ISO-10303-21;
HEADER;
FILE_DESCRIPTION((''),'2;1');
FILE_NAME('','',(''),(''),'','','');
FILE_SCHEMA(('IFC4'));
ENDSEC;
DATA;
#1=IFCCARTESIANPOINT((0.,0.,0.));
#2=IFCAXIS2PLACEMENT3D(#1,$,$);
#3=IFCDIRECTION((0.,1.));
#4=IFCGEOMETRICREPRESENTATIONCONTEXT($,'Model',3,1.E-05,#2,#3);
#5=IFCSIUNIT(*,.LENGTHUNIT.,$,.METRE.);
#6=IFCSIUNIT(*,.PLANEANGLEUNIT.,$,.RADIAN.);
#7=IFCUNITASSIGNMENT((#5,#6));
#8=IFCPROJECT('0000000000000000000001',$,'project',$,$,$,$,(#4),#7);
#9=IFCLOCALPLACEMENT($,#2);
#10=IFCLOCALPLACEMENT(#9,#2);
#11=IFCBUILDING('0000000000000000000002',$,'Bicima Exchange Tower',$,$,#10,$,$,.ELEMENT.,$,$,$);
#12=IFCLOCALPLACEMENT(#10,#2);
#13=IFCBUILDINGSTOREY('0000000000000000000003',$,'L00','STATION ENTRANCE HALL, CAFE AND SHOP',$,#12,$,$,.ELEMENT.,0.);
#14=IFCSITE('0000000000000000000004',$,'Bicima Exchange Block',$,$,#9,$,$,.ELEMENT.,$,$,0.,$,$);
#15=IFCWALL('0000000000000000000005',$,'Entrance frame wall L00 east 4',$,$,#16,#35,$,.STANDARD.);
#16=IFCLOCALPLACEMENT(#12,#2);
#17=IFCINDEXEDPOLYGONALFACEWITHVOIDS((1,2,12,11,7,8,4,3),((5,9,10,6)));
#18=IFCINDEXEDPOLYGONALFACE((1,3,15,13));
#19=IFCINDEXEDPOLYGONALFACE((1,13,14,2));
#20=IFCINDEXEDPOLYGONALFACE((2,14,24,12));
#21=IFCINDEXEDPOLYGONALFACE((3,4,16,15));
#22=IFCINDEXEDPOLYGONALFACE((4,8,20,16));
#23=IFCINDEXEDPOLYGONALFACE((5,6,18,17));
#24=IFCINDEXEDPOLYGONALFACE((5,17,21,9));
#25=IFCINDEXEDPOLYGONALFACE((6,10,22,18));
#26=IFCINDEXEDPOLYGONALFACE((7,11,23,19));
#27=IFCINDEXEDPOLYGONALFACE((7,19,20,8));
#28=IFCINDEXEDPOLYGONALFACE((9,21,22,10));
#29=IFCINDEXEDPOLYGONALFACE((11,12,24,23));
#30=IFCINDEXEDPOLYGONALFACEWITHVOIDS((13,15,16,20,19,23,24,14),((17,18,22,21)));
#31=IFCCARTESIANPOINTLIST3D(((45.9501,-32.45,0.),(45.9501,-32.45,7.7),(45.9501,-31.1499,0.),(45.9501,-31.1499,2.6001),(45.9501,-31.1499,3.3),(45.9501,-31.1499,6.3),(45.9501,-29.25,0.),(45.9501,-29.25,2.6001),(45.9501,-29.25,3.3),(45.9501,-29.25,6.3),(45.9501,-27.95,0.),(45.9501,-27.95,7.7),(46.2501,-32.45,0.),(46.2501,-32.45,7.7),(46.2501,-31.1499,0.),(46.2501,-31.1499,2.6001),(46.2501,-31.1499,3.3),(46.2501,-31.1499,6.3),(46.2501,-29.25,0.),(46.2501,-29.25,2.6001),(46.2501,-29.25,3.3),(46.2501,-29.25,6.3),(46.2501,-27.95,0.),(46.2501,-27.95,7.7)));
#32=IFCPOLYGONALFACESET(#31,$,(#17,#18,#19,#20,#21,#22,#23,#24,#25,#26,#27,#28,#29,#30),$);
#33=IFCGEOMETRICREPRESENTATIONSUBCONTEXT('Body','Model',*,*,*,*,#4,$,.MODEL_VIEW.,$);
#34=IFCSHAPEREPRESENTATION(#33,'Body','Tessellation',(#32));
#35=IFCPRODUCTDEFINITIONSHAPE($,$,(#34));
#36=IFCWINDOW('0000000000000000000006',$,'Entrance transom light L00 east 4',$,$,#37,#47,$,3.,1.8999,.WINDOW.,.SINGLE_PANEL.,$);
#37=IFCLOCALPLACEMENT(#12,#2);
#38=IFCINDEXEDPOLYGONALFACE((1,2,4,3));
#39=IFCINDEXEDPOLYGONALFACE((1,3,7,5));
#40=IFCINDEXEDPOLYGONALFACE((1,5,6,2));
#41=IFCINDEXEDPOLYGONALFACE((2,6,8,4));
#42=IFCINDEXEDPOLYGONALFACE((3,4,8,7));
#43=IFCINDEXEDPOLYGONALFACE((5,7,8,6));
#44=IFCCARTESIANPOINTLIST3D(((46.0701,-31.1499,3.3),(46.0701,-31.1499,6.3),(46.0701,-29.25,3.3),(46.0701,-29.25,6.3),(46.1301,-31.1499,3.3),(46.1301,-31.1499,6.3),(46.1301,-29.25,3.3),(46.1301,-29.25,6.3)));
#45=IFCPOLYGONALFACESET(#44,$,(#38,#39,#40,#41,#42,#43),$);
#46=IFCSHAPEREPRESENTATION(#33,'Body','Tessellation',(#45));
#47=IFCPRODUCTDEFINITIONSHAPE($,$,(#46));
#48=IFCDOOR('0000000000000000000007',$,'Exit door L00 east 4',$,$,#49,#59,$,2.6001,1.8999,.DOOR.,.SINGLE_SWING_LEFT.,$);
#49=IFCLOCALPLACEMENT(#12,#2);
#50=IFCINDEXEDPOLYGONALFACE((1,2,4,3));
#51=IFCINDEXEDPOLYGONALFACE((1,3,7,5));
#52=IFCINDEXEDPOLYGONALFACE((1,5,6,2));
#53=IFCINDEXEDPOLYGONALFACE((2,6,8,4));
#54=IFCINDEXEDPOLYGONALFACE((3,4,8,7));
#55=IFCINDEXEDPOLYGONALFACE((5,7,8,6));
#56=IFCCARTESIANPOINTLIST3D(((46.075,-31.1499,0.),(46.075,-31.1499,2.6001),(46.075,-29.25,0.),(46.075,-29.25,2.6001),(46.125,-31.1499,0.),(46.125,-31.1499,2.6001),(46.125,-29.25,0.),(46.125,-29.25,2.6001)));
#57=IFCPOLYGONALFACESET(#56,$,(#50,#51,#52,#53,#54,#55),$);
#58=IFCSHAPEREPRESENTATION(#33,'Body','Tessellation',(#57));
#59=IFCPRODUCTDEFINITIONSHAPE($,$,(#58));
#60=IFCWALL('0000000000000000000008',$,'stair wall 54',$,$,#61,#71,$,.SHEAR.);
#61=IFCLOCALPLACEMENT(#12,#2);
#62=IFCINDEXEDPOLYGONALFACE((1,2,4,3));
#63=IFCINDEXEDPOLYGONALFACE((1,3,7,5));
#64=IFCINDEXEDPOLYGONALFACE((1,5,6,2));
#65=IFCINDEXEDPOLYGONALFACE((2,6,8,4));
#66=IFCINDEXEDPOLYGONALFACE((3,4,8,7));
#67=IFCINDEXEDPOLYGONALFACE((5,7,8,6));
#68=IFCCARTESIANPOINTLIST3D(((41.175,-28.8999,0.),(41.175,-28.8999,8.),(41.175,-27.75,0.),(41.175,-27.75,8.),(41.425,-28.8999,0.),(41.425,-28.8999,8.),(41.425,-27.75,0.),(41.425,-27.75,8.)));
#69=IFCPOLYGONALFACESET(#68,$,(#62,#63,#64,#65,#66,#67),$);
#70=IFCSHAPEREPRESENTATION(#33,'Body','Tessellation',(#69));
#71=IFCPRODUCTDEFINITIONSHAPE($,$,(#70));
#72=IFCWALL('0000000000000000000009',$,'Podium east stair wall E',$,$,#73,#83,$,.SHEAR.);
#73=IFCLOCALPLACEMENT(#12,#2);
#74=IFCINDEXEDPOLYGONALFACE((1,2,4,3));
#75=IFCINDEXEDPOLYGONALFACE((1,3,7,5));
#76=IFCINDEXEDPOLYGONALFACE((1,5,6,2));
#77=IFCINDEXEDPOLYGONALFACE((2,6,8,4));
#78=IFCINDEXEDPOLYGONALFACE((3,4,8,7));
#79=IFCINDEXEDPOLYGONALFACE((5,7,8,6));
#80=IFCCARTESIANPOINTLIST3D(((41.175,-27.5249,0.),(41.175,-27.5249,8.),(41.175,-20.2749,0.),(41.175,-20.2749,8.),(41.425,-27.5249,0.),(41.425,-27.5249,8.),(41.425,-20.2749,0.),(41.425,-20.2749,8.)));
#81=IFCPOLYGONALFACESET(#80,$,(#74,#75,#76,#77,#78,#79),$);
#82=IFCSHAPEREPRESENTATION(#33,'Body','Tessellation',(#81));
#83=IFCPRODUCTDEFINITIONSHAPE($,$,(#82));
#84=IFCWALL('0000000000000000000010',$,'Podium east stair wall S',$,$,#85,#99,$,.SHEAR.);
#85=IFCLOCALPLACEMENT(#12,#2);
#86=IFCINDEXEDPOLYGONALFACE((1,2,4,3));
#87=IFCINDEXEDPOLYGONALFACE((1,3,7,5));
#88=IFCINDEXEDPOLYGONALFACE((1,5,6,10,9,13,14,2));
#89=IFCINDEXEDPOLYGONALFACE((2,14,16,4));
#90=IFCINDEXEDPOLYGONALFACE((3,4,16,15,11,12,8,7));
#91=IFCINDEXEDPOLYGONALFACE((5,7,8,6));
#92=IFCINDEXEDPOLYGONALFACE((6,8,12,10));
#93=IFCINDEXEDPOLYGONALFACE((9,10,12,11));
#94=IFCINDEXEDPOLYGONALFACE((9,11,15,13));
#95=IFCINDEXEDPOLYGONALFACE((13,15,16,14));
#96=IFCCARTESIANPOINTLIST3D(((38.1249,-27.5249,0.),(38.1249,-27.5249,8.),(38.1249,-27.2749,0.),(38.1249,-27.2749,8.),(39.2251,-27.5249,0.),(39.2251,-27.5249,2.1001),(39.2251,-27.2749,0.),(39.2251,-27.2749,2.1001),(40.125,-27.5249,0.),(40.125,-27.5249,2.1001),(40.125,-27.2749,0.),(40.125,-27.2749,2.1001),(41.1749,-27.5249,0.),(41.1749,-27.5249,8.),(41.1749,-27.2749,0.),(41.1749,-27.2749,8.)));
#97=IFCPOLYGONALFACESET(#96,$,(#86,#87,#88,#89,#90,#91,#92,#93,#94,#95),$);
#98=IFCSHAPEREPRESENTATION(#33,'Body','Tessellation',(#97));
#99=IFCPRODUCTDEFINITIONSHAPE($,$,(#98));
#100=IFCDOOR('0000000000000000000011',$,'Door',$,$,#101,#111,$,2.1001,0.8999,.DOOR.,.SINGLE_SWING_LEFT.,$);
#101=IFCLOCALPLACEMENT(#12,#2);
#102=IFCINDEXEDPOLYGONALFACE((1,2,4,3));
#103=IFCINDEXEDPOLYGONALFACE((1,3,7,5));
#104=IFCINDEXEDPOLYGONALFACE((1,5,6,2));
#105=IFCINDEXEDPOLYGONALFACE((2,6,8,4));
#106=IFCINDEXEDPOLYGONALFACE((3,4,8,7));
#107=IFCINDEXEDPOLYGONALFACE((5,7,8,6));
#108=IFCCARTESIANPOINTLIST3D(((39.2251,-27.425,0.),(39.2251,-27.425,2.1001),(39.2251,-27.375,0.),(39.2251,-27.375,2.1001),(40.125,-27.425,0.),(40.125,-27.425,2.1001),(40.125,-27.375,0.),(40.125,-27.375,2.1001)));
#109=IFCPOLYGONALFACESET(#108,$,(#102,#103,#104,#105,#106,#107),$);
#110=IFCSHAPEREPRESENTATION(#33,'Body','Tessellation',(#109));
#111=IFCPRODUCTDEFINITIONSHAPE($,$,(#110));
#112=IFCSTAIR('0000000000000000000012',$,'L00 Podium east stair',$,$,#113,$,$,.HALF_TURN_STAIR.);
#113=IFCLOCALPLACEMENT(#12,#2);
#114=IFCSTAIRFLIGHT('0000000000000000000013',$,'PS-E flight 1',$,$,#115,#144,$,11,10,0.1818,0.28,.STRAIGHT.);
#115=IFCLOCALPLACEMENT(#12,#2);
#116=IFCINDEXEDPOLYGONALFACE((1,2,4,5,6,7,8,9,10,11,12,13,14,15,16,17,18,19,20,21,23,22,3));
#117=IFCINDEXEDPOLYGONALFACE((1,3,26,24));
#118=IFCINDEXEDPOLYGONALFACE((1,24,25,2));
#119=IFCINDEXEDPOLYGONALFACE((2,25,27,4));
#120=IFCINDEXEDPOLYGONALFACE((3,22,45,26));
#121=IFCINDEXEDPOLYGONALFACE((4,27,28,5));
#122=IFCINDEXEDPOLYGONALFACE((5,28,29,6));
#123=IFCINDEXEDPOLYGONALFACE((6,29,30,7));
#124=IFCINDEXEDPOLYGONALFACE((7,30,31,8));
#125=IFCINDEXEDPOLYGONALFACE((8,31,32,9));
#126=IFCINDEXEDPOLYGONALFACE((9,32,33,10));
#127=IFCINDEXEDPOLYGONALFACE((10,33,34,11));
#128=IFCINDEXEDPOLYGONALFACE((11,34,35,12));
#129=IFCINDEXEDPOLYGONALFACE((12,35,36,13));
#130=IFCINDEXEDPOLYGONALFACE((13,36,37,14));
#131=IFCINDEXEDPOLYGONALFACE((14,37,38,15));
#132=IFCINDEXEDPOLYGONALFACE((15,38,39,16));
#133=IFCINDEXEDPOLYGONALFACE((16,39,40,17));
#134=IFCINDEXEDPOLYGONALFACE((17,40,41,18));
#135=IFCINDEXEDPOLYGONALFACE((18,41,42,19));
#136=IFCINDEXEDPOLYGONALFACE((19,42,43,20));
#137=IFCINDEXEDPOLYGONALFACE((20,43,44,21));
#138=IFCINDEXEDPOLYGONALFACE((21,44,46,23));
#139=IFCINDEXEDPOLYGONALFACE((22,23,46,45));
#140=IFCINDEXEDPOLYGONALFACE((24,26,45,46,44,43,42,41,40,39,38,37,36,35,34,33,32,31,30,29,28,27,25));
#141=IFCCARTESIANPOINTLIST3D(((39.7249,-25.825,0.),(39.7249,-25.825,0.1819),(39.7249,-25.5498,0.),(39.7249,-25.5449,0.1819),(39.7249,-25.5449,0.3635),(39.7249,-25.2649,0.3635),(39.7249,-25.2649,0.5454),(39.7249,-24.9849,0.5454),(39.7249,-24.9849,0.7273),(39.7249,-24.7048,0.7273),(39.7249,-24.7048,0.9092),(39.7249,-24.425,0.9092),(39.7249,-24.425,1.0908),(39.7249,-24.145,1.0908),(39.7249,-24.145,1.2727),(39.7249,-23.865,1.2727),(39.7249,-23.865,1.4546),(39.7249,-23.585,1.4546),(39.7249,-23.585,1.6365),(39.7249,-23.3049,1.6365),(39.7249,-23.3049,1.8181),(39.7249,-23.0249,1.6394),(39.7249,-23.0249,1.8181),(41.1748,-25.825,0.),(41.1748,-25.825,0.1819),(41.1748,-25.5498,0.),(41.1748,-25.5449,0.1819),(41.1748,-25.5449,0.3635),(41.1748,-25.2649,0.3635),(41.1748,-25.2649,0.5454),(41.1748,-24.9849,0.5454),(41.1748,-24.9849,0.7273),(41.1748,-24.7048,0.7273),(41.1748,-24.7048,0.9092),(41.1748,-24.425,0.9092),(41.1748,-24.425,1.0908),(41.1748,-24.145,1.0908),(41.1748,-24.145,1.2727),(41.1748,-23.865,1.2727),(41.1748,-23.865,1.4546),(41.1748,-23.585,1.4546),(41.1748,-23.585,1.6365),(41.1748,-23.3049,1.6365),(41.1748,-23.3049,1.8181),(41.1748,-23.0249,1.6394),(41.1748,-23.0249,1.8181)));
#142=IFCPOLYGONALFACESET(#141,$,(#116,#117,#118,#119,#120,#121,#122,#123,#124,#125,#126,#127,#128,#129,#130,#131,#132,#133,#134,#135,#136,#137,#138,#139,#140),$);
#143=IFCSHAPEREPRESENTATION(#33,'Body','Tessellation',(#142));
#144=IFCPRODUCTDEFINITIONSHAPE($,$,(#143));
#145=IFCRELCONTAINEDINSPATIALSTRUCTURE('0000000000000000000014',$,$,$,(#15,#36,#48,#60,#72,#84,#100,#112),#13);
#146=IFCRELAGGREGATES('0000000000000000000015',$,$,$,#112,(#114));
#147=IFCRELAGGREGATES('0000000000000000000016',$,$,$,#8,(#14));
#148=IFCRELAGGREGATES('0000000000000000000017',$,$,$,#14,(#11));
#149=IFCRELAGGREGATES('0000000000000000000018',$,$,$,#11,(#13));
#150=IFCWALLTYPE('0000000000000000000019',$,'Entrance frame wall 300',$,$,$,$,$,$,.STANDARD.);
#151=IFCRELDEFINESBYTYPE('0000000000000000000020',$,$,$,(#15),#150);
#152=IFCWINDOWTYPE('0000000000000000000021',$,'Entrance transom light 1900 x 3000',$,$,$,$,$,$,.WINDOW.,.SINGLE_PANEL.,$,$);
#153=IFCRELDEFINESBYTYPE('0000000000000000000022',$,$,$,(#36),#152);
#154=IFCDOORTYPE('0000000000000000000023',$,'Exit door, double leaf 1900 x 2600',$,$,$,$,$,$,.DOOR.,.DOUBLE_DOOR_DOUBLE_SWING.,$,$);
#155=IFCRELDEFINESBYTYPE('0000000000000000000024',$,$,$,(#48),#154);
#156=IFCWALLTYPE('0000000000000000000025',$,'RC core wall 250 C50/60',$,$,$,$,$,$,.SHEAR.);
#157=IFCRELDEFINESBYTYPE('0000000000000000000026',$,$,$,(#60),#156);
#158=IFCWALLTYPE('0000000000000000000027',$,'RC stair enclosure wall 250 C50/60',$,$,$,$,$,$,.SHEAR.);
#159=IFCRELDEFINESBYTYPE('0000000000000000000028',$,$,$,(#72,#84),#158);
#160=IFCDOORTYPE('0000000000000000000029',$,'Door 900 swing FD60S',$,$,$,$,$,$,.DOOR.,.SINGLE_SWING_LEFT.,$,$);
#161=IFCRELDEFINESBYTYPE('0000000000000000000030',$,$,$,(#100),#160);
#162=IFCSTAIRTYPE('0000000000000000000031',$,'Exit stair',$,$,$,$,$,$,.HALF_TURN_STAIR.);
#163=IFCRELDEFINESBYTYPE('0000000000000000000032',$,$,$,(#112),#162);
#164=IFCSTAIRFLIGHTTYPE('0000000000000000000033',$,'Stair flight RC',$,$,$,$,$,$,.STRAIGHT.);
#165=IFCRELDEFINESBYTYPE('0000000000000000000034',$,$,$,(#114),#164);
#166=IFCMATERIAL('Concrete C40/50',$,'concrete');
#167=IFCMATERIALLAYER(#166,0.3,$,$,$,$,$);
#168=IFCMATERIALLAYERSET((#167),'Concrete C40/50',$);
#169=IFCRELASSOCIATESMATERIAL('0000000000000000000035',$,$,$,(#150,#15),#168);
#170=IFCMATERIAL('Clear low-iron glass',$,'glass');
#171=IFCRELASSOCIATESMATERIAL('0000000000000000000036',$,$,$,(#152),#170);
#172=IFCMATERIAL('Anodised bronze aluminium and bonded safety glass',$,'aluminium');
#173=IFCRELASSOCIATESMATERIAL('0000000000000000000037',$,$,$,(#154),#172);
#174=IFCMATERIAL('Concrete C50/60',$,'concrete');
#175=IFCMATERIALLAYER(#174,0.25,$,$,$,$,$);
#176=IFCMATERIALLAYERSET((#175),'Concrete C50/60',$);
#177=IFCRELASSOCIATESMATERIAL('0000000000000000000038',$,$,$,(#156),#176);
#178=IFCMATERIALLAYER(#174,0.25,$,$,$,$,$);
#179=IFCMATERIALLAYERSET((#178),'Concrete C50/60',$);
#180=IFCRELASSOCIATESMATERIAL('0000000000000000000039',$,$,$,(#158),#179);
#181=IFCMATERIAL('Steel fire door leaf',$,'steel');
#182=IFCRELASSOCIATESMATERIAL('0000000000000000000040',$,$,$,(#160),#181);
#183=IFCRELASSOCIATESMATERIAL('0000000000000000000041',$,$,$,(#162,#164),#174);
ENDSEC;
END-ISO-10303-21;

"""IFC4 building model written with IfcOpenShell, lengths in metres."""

from ifc_helpers import new_model, si_unit, direction, frame, frame_2d, origin, place, context, subcontext, project, spatial, polyline, rectangle, outline, extrude, material, layer, layer_set, layer_usage, type_object, element, fill, aggregate, save


model = new_model("IFC4")

# Units and contexts
model_context = context("Model", 3, precision=1e-05, world=origin(), true_north=direction((0.0, 1.0)))
body_context = subcontext(model_context, "Body", "Model", "MODEL_VIEW")
ifc_project = project(units=[si_unit("LENGTHUNIT", "METRE"), si_unit("PLANEANGLEUNIT", "RADIAN")], contexts=[model_context])

# Site, building, storey
site_placement = place(None, origin())
site = spatial("IfcSite", under=ifc_project, at=site_placement, Name="Bicima Exchange Block", CompositionType="ELEMENT", RefElevation=0.0)
building_placement = place(site_placement, origin())
building = spatial("IfcBuilding", under=site, at=building_placement, Name="Bicima Exchange Tower", CompositionType="ELEMENT")
storey_placement = place(building_placement, origin())
storey = spatial("IfcBuildingStorey", under=building, at=storey_placement, Name="L00", Description="STATION ENTRANCE HALL, CAFE AND SHOP", CompositionType="ELEMENT", Elevation=0.0)

# Shared definitions
ifc_material_1 = material(Name="Clear low-iron glass", Category="glass")

# Wall, openings, window, door
ifc_material_2 = material(Name="Concrete C40/50", Category="concrete")
ifc_layer_1 = layer(ifc_material_2, 0.3)
ifc_layer_set_1 = layer_set([ifc_layer_1], Name="Concrete C40/50")
ifc_layer_usage = layer_usage(ifc_layer_set_1, "AXIS2", "POSITIVE", -0.15)
wall_type_1 = type_object("IfcWallType", Name="Entrance frame wall 300", PredefinedType="STANDARD", material=ifc_layer_set_1)
window_type = type_object("IfcWindowType", Name="Entrance transom light 1900 x 3000", PartitioningType="SINGLE_PANEL", PredefinedType="WINDOW", material=ifc_material_1)
ifc_material_3 = material(Name="Anodised bronze aluminium and bonded safety glass", Category="aluminium")
door_type_1 = type_object("IfcDoorType", Name="Exit door, double leaf 1900 x 2600", OperationType="DOUBLE_DOOR_DOUBLE_SWING", PredefinedType="DOOR", material=ifc_material_3)
wall_1_placement = place(storey_placement, frame((46.1001, -27.95, 0.0), z_axis=(0.0, 0.0, 1.0), x_axis=(0.0, -1.0, 0.0)))
wall_1 = element("IfcWall", 1, at=wall_1_placement, inside=storey, type_object=wall_type_1, material=ifc_layer_usage, Name="Entrance frame wall L00 east 4", PredefinedType="STANDARD", context=body_context, shape_type="SweptSolid", body=[
    extrude(rectangle(XDim=4.5, YDim=0.3, at=frame_2d((2.25, 0.0))), origin(), (0.0, 0.0, 1.0), 7.7),
])
opening_1_placement = place(wall_1_placement, frame((1.3, 0.0, 0.0)))
opening_1 = element("IfcOpeningElement", 2, at=opening_1_placement, cuts=wall_1, PredefinedType="OPENING", context=body_context, shape_type="SweptSolid", body=[
    extrude(rectangle(XDim=1.8999, YDim=2.6001, at=frame_2d((0.95, 1.3))), frame((0.0, 0.1621, 0.0), z_axis=(0.0, -1.0, 0.0), x_axis=(1.0, 0.0, 0.0)), (0.0, 0.0, 1.0), 0.324),
])
opening_2_placement = place(wall_1_placement, frame((1.3, 0.0, 3.3)))
opening_2 = element("IfcOpeningElement", 3, at=opening_2_placement, cuts=wall_1, PredefinedType="OPENING", context=body_context, shape_type="SweptSolid", body=[
    extrude(rectangle(XDim=1.8999, YDim=3.0, at=frame_2d((0.95, 1.5))), frame((0.0, 0.1621, 0.0), z_axis=(0.0, -1.0, 0.0), x_axis=(1.0, 0.0, 0.0)), (0.0, 0.0, 1.0), 0.324),
])
window_1_placement = place(opening_2_placement, origin())
window_1 = element("IfcWindow", 4, at=window_1_placement, inside=storey, type_object=window_type, Name="Entrance transom light L00 east 4", OverallHeight=3.0, OverallWidth=1.8999, PartitioningType="SINGLE_PANEL", PredefinedType="WINDOW", context=body_context, shape_type="SweptSolid", body=[
    extrude(rectangle(XDim=1.8999, YDim=3.0, at=frame_2d((0.95, 1.5))), frame((0.0, 0.03, 0.0), z_axis=(0.0, -1.0, 0.0), x_axis=(1.0, 0.0, 0.0)), (0.0, 0.0, 1.0), 0.0601),
])
fill(opening_2, window_1)
door_1_placement = place(opening_1_placement, origin())
door_1 = element("IfcDoor", 5, at=door_1_placement, inside=storey, type_object=door_type_1, Name="Exit door L00 east 4", OperationType="SINGLE_SWING_LEFT", OverallHeight=2.6001, OverallWidth=1.8999, PredefinedType="DOOR", context=body_context, shape_type="SweptSolid", body=[
    extrude(rectangle(XDim=1.8999, YDim=2.6001, at=frame_2d((0.95, 1.3))), frame((0.0, 0.0249, 0.0), z_axis=(0.0, -1.0, 0.0), x_axis=(1.0, 0.0, 0.0)), (0.0, 0.0, 1.0), 0.05),
])
fill(opening_1, door_1)

# Walls
ifc_material_4 = material(Name="Concrete C50/60", Category="concrete")
ifc_layer_2 = layer(ifc_material_4, 0.25)
ifc_layer_set_2 = layer_set([ifc_layer_2], Name="Concrete C50/60")
wall_type_2 = type_object("IfcWallType", Name="RC core wall 250 C50/60", PredefinedType="SHEAR", material=ifc_layer_set_2)
wall_2_placement = place(storey_placement, frame((41.3, -28.8999, 0.0), z_axis=(0.0, 0.0, 1.0), x_axis=(0.0, 1.0, 0.0)))
element("IfcWall", 6, at=wall_2_placement, inside=storey, type_object=wall_type_2, Name="stair wall 54", PredefinedType="SHEAR", context=body_context, shape_type="SweptSolid", body=[
    extrude(rectangle(XDim=1.1499, YDim=0.25, at=frame_2d((0.575, 0.0))), origin(), (0.0, 0.0, 1.0), 8.0),
])
ifc_layer_3 = layer(ifc_material_4, 0.25)
ifc_layer_set_3 = layer_set([ifc_layer_3], Name="Concrete C50/60")
wall_type_3 = type_object("IfcWallType", Name="RC stair enclosure wall 250 C50/60", PredefinedType="SHEAR", material=ifc_layer_set_3)
wall_3_placement = place(storey_placement, frame((41.3, -27.5249, 0.0), z_axis=(0.0, 0.0, 1.0), x_axis=(0.0, 1.0, 0.0)))
element("IfcWall", 7, at=wall_3_placement, inside=storey, type_object=wall_type_3, Name="Podium east stair wall E", PredefinedType="SHEAR", context=body_context, shape_type="SweptSolid", body=[
    extrude(rectangle(XDim=7.25, YDim=0.25, at=frame_2d((3.625, 0.0))), origin(), (0.0, 0.0, 1.0), 8.0),
])

# Wall, opening, door
wall_4_placement = place(storey_placement, frame((38.125, -27.3999, 0.0), z_axis=(0.0, 0.0, 1.0), x_axis=(1.0, 0.0, 0.0)))
wall_4 = element("IfcWall", 8, at=wall_4_placement, inside=storey, type_object=wall_type_3, Name="Podium east stair wall S", PredefinedType="SHEAR", context=body_context, shape_type="SweptSolid", body=[
    extrude(rectangle(XDim=3.05, YDim=0.25, at=frame_2d((1.5249, 0.0))), origin(), (0.0, 0.0, 1.0), 8.0),
])
opening_3_placement = place(wall_4_placement, frame((1.1001, 0.0, 0.0)))
opening_3 = element("IfcOpeningElement", 9, at=opening_3_placement, cuts=wall_4, PredefinedType="OPENING", context=body_context, shape_type="SweptSolid", body=[
    extrude(rectangle(XDim=0.8999, YDim=2.1001, at=frame_2d((0.45, 1.05))), frame((0.0, 0.137, 0.0), z_axis=(0.0, -1.0, 0.0), x_axis=(1.0, 0.0, 0.0)), (0.0, 0.0, 1.0), 0.2739),
])
ifc_material_5 = material(Name="Steel fire door leaf", Category="steel")
door_type_2 = type_object("IfcDoorType", Name="Door 900 swing FD60S", OperationType="SINGLE_SWING_LEFT", PredefinedType="DOOR", material=ifc_material_5)
door_2_placement = place(opening_3_placement, origin())
door_2 = element("IfcDoor", 10, at=door_2_placement, inside=storey, type_object=door_type_2, Name="Door", OperationType="SINGLE_SWING_LEFT", OverallHeight=2.1001, OverallWidth=0.8999, PredefinedType="DOOR", context=body_context, shape_type="SweptSolid", body=[
    extrude(rectangle(XDim=0.8999, YDim=2.1001, at=frame_2d((0.45, 1.05))), frame((0.0, 0.0249, 0.0), z_axis=(0.0, -1.0, 0.0), x_axis=(1.0, 0.0, 0.0)), (0.0, 0.0, 1.0), 0.05),
])
fill(opening_3, door_2)

# Stair, stair flight
stair_type = type_object("IfcStairType", Name="Exit stair", PredefinedType="HALF_TURN_STAIR", material=ifc_material_4)
stair_placement = place(storey_placement, origin())
stair = element("IfcStair", 11, at=stair_placement, inside=storey, type_object=stair_type, Name="L00 Podium east stair", PredefinedType="HALF_TURN_STAIR")
stair_flight_type = type_object("IfcStairFlightType", Name="Stair flight RC", PredefinedType="STRAIGHT", material=ifc_material_4)
stair_flight_placement = place(storey_placement, frame((40.45, -25.825, 0.0), z_axis=(0.0, 0.0, 1.0), x_axis=(0.0, 1.0, 0.0)))
stair_flight = element("IfcStairFlight", 12, at=stair_flight_placement, type_object=stair_flight_type, Name="PS-E flight 1", NumberOfRisers=11, NumberOfTreads=10, PredefinedType="STRAIGHT", RiserHeight=0.1818, TreadLength=0.28, context=body_context, shape_type="SweptSolid", body=[
    extrude(outline(polyline([(0.0, 0.0), (0.0, 0.1819), (0.28, 0.1819), (0.28, 0.3635), (0.5601, 0.3635), (0.5601, 0.5454), (0.8401, 0.5454), (0.8401, 0.7273), (1.1201, 0.7273), (1.1201, 0.9092), (1.3999, 0.9092), (1.3999, 1.0908), (1.6799, 1.0908), (1.6799, 1.2727), (1.96, 1.2727), (1.96, 1.4546), (2.24, 1.4546), (2.24, 1.6365), (2.52, 1.6365), (2.52, 1.8181), (2.8, 1.8181), (2.8, 2.0), (2.8, 1.6394), (0.2751, 0.0), (0.0, 0.0)])), frame((0.0, 0.7251, 0.0), z_axis=(0.0, -1.0, 0.0), x_axis=(1.0, 0.0, 0.0)), (0.0, 0.0, 1.0), 1.45),
])
aggregate(stair, [stair_flight])

save(model, "model.ifc")
